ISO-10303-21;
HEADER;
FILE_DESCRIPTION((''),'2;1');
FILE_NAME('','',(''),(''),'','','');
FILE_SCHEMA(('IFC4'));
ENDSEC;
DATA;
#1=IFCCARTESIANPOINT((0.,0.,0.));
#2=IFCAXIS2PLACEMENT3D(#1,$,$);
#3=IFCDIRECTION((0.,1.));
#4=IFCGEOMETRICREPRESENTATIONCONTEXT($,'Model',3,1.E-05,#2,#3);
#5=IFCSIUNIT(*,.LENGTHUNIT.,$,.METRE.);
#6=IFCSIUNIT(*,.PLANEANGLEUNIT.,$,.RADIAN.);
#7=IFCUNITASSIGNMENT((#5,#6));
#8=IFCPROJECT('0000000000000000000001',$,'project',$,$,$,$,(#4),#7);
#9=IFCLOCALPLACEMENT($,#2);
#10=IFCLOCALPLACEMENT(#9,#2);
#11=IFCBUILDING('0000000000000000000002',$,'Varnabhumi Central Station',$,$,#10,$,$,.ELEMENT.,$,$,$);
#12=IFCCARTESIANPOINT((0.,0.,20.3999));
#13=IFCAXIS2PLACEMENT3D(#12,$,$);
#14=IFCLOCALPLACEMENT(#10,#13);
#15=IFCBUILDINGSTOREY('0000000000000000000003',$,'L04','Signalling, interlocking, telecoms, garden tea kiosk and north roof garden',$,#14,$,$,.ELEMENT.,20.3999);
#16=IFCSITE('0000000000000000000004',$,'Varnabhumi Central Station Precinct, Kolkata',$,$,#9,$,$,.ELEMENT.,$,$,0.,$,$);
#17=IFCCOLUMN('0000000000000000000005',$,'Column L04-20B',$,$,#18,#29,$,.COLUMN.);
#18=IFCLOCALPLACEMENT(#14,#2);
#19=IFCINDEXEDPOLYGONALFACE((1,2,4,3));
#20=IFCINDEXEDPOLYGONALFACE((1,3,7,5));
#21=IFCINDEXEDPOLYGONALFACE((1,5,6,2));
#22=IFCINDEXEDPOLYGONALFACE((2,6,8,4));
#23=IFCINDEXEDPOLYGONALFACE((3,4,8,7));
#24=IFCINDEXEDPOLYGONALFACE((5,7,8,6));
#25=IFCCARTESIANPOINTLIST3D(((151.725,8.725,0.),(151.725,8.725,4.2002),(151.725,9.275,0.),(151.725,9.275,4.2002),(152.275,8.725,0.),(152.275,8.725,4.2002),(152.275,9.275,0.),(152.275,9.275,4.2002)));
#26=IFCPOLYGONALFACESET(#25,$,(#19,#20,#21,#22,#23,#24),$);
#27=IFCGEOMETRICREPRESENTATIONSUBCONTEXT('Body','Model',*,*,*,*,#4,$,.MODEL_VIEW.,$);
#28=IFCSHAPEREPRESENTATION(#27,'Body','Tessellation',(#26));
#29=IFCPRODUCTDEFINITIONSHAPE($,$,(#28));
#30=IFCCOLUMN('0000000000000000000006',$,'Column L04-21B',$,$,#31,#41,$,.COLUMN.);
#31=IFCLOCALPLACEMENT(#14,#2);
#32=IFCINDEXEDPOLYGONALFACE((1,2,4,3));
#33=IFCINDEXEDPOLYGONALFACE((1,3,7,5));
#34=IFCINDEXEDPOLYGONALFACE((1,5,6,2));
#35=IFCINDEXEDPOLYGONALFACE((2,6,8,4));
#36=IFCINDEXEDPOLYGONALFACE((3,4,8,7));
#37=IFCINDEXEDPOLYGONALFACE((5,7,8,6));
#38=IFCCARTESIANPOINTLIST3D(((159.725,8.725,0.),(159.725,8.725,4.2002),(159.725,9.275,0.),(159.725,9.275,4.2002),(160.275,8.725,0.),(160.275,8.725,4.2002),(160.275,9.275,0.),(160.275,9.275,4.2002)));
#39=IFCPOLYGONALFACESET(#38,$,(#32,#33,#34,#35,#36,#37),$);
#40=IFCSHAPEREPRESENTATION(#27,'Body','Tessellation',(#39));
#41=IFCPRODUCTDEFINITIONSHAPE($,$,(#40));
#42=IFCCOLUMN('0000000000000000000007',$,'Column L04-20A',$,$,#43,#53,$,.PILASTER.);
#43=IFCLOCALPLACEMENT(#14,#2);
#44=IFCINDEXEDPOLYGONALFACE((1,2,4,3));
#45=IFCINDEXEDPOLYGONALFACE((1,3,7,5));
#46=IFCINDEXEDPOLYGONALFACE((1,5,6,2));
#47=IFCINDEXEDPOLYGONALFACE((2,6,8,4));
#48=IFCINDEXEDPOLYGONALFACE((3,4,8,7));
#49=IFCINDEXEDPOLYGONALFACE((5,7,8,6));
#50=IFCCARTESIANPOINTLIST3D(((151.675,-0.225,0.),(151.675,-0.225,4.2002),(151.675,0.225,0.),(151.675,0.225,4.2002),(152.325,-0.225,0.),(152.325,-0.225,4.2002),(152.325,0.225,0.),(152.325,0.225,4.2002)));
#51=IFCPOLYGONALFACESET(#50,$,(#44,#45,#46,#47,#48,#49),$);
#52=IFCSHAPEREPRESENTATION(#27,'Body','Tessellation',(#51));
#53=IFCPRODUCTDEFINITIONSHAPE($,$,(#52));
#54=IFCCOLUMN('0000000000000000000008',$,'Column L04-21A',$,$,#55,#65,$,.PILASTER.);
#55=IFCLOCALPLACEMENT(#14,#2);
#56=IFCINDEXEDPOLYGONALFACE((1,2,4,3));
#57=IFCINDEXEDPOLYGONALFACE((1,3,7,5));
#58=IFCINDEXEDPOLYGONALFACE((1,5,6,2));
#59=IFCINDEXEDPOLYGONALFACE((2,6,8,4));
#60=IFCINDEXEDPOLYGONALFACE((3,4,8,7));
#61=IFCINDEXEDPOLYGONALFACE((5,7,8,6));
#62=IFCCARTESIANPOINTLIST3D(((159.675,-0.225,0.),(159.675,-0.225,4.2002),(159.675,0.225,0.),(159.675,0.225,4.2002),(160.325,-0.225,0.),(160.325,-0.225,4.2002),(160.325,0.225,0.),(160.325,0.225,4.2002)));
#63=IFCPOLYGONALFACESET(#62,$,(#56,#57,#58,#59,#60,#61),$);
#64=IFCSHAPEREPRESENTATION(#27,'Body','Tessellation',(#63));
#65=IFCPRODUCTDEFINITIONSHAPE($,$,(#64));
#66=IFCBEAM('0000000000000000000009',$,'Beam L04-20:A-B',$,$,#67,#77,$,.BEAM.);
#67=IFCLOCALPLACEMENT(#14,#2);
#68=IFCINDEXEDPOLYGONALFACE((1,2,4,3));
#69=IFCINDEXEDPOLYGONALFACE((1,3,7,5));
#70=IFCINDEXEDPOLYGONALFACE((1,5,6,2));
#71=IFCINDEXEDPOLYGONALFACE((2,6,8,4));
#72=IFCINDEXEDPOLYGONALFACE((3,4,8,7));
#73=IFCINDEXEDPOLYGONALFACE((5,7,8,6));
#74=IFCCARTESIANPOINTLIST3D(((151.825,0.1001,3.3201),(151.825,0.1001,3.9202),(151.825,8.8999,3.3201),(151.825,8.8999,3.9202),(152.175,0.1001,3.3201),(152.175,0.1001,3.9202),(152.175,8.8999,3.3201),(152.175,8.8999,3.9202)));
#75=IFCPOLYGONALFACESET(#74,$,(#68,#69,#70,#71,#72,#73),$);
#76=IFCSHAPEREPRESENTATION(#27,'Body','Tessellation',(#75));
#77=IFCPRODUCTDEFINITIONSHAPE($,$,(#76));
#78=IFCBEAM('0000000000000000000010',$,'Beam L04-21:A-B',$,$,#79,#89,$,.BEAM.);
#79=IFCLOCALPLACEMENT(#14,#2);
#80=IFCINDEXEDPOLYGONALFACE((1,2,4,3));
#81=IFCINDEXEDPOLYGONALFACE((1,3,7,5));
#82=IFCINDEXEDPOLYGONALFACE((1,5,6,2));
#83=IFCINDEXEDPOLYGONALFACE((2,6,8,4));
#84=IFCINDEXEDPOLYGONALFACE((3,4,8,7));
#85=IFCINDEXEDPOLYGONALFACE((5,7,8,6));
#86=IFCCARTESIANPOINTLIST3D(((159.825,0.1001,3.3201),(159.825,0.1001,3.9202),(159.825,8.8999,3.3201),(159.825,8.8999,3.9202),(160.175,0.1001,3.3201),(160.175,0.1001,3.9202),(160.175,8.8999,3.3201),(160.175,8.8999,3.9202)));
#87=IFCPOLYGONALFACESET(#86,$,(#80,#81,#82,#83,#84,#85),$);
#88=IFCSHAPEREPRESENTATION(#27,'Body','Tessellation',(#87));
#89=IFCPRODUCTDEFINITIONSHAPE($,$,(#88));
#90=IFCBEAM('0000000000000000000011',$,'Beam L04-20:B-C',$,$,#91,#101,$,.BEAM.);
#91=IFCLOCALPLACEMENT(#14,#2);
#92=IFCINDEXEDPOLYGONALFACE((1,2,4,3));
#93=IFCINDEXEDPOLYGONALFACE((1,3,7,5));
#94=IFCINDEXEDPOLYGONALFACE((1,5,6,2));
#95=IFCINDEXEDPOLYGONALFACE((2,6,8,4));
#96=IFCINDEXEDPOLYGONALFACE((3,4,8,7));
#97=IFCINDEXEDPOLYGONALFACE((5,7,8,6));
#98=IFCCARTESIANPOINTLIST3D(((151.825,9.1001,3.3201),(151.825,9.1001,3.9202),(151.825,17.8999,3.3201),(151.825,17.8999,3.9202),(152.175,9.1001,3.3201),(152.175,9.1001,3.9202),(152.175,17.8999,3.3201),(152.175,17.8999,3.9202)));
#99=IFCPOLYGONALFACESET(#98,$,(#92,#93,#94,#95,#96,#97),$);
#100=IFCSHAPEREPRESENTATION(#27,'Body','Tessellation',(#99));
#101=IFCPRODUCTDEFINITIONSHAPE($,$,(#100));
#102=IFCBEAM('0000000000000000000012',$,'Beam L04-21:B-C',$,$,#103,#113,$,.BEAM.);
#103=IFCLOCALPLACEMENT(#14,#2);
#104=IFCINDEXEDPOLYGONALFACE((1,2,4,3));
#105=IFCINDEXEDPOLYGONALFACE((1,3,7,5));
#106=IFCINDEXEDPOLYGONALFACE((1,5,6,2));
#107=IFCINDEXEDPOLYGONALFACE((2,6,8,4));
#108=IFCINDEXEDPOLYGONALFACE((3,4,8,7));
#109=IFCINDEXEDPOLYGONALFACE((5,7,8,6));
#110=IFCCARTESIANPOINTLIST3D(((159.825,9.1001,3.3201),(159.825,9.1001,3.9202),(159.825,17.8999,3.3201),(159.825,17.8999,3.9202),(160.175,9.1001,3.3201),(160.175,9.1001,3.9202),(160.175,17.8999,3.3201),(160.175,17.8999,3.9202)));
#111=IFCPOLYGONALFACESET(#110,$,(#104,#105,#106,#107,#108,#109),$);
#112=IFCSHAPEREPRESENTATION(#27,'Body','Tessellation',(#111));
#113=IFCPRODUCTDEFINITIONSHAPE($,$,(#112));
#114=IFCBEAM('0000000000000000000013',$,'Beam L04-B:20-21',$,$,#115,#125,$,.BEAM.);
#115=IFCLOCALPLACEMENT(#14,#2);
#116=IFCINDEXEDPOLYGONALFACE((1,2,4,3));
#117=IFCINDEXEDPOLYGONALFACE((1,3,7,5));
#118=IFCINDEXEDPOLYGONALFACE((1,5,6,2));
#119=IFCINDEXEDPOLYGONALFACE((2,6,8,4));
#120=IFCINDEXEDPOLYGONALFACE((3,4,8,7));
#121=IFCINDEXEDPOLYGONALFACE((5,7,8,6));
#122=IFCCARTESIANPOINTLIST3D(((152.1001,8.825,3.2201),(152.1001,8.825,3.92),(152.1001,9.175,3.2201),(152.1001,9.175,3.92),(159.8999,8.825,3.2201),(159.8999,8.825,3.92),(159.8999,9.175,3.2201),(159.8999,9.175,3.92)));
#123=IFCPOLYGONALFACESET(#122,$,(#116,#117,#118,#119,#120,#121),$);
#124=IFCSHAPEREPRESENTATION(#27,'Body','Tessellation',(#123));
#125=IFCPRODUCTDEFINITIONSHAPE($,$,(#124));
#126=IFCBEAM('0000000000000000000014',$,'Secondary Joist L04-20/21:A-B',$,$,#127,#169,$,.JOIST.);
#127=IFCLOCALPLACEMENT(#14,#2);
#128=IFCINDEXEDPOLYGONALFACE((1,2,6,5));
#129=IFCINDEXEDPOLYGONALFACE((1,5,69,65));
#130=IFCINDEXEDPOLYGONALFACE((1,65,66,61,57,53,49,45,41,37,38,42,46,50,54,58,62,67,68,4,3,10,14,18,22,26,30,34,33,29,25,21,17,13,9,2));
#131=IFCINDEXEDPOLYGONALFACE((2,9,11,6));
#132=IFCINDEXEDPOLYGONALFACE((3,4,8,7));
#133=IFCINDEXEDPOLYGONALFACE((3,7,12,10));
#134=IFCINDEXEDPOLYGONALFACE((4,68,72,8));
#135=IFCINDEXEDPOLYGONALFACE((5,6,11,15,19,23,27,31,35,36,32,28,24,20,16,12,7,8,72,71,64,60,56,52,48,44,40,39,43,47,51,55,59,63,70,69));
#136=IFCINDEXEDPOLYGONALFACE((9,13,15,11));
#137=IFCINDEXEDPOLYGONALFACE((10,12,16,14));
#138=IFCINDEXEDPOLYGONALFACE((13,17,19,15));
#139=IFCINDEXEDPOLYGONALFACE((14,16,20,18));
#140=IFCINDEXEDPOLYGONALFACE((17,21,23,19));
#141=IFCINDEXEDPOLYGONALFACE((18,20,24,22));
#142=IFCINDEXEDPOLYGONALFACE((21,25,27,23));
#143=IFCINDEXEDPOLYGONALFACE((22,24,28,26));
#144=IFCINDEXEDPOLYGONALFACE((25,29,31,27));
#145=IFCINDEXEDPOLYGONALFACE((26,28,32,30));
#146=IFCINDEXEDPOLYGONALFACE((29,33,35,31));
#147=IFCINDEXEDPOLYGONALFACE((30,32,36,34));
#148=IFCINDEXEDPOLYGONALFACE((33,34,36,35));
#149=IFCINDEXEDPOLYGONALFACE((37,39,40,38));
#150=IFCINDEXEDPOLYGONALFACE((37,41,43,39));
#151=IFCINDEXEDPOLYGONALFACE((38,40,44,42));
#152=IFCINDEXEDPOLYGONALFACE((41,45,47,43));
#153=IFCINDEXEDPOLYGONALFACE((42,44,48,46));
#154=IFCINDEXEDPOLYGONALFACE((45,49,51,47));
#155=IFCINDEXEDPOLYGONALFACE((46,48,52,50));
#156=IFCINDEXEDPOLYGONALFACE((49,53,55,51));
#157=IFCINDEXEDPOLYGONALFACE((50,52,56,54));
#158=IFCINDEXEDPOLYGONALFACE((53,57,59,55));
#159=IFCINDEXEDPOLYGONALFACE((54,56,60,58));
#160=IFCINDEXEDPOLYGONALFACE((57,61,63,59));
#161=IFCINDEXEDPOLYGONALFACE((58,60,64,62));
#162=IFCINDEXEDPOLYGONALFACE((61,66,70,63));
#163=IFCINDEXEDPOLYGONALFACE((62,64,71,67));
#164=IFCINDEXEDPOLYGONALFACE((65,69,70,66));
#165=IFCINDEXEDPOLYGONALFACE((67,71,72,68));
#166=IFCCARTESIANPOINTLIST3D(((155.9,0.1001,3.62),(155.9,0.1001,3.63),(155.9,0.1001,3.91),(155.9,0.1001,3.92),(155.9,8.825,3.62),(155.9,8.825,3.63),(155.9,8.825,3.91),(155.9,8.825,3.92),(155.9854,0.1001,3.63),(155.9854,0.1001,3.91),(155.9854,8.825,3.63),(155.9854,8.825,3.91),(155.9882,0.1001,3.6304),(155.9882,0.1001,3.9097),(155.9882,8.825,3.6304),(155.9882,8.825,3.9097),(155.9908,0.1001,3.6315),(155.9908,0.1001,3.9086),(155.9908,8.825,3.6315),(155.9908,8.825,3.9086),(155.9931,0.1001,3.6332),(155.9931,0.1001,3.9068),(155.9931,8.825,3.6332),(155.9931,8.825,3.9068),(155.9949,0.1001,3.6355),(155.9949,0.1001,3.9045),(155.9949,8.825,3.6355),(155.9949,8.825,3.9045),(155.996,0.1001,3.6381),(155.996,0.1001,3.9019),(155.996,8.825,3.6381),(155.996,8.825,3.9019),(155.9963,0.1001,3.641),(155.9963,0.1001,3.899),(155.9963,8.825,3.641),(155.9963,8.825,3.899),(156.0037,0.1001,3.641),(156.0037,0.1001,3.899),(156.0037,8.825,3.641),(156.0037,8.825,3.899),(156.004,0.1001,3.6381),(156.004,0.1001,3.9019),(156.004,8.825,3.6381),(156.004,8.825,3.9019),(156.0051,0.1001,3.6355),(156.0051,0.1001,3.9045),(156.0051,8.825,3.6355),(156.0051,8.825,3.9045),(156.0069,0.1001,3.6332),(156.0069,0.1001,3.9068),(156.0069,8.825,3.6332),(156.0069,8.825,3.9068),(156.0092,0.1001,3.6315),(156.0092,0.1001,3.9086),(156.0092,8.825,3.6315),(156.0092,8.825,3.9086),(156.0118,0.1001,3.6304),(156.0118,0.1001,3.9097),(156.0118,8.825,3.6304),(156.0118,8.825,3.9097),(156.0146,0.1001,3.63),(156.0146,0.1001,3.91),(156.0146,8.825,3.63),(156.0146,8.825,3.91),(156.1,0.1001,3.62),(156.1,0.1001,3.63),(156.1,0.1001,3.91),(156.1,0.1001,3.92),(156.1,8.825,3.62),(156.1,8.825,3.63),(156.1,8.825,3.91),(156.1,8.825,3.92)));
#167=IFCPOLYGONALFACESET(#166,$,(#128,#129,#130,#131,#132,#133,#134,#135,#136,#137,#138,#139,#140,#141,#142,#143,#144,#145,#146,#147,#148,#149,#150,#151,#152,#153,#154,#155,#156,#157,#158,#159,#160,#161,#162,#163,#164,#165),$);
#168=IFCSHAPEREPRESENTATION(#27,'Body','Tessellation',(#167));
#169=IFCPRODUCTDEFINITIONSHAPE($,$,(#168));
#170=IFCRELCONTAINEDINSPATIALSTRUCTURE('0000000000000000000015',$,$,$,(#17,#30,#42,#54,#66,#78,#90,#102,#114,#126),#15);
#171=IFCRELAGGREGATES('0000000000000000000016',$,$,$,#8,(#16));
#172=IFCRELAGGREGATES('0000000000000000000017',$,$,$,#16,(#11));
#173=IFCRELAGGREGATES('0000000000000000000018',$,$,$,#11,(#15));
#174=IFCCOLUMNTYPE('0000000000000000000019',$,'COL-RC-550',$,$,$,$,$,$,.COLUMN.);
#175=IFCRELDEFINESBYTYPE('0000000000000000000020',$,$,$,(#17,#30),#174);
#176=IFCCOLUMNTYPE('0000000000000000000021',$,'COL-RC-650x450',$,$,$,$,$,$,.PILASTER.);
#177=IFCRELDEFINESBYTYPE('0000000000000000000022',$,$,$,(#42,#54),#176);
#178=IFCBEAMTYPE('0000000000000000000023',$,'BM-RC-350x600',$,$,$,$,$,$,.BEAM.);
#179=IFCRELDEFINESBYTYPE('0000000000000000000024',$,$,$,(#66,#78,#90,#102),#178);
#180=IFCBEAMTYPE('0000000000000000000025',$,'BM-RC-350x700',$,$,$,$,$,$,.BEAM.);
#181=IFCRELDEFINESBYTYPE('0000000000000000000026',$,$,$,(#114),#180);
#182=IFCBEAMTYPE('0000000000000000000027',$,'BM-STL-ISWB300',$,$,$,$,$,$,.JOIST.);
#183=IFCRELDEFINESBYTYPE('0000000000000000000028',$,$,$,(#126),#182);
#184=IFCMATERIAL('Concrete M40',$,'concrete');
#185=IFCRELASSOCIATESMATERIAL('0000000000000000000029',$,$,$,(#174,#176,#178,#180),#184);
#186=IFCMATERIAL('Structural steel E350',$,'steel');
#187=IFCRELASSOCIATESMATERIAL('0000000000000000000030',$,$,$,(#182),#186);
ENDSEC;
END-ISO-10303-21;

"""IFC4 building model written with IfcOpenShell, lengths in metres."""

from ifc_helpers import new_model, si_unit, direction, frame, origin, origin_2d, place, context, subcontext, project, spatial, rectangle, i_section, extrude, material, material_profile, profile_set, type_object, element, save


model = new_model("IFC4")

# Units and contexts
model_context = context("Model", 3, precision=1e-05, world=origin(), true_north=direction((0.0, 1.0)))
body_context = subcontext(model_context, "Body", "Model", "MODEL_VIEW")
ifc_project = project(units=[si_unit("LENGTHUNIT", "METRE"), si_unit("PLANEANGLEUNIT", "RADIAN")], contexts=[model_context])

# Site, building, storey
site_placement = place(None, origin())
site = spatial("IfcSite", under=ifc_project, at=site_placement, Name="Varnabhumi Central Station Precinct, Kolkata", CompositionType="ELEMENT", RefElevation=0.0)
building_placement = place(site_placement, origin())
building = spatial("IfcBuilding", under=site, at=building_placement, Name="Varnabhumi Central Station", CompositionType="ELEMENT")
storey_placement = place(building_placement, frame((0.0, 0.0, 20.3999)))
storey = spatial("IfcBuildingStorey", under=building, at=storey_placement, Name="L04", Description="Signalling, interlocking, telecoms, garden tea kiosk and north roof garden", CompositionType="ELEMENT", Elevation=20.3999)

# Columns
ifc_material_1 = material(Name="Concrete M40", Category="concrete")
ifc_material_profile_1 = material_profile(ifc_material_1, rectangle(XDim=0.55, YDim=0.55, at=origin_2d()), Name="Concrete M40", Category="concrete")
ifc_profile_set_1 = profile_set([ifc_material_profile_1], Name="Concrete M40")
column_type_1 = type_object("IfcColumnType", Name="COL-RC-550", PredefinedType="COLUMN", material=ifc_profile_set_1)
for number, where, z_axis, x_axis, name in (
    (1, (152.0, 9.0, 0.0), (0.0, 0.0, 1.0), (1.0, 0.0, 0.0), "Column L04-20B"),
    (2, (160.0, 9.0, 0.0), (0.0, 0.0, 1.0), (1.0, 0.0, 0.0), "Column L04-21B"),
):
    element("IfcColumn", number, at=place(storey_placement, frame(where, z_axis=z_axis, x_axis=x_axis)), inside=storey, type_object=column_type_1, Name=name, PredefinedType="COLUMN", context=body_context, shape_type="SweptSolid", body=[
        extrude(rectangle(XDim=0.55, YDim=0.55, at=origin_2d()), origin(), (0.0, 0.0, 1.0), 4.2002),
    ])
ifc_material_profile_2 = material_profile(ifc_material_1, rectangle(XDim=0.6499, YDim=0.45, at=origin_2d()), Name="Concrete M40", Category="concrete")
ifc_profile_set_2 = profile_set([ifc_material_profile_2], Name="Concrete M40")
column_type_2 = type_object("IfcColumnType", Name="COL-RC-650x450", PredefinedType="PILASTER", material=ifc_profile_set_2)
for number, where, z_axis, x_axis, name in (
    (3, (152.0, 0.0, 0.0), (0.0, 0.0, 1.0), (1.0, 0.0, 0.0), "Column L04-20A"),
    (4, (160.0, 0.0, 0.0), (0.0, 0.0, 1.0), (1.0, 0.0, 0.0), "Column L04-21A"),
):
    element("IfcColumn", number, at=place(storey_placement, frame(where, z_axis=z_axis, x_axis=x_axis)), inside=storey, type_object=column_type_2, Name=name, PredefinedType="PILASTER", context=body_context, shape_type="SweptSolid", body=[
        extrude(rectangle(XDim=0.6499, YDim=0.45, at=origin_2d()), origin(), (0.0, 0.0, 1.0), 4.2002),
    ])

# Beams
ifc_material_profile_3 = material_profile(ifc_material_1, rectangle(XDim=0.3501, YDim=0.6001, at=origin_2d()), Name="Concrete M40", Category="concrete")
ifc_profile_set_3 = profile_set([ifc_material_profile_3], Name="Concrete M40")
beam_type_1 = type_object("IfcBeamType", Name="BM-RC-350x600", PredefinedType="BEAM", material=ifc_profile_set_3)
for number, where, z_axis, x_axis, name in (
    (5, (152.0, 0.1001, 3.6201), (0.0, 1.0, 0.0), (-1.0, 0.0, 0.0), "Beam L04-20:A-B"),
    (6, (160.0, 0.1001, 3.6201), (0.0, 1.0, 0.0), (-1.0, 0.0, 0.0), "Beam L04-21:A-B"),
    (7, (152.0, 9.1001, 3.6201), (0.0, 1.0, 0.0), (-1.0, 0.0, 0.0), "Beam L04-20:B-C"),
    (8, (160.0, 9.1001, 3.6201), (0.0, 1.0, 0.0), (-1.0, 0.0, 0.0), "Beam L04-21:B-C"),
):
    element("IfcBeam", number, at=place(storey_placement, frame(where, z_axis=z_axis, x_axis=x_axis)), inside=storey, type_object=beam_type_1, Name=name, PredefinedType="BEAM", context=body_context, shape_type="SweptSolid", body=[
        extrude(rectangle(XDim=0.3501, YDim=0.6001, at=origin_2d()), origin(), (0.0, 0.0, 1.0), 8.7998),
    ])
ifc_material_profile_4 = material_profile(ifc_material_1, rectangle(XDim=0.3501, YDim=0.7, at=origin_2d()), Name="Concrete M40", Category="concrete")
ifc_profile_set_4 = profile_set([ifc_material_profile_4], Name="Concrete M40")
beam_type_2 = type_object("IfcBeamType", Name="BM-RC-350x700", PredefinedType="BEAM", material=ifc_profile_set_4)
beam_1_placement = place(storey_placement, frame((152.1001, 9.0, 3.5701), z_axis=(1.0, 0.0, 0.0), x_axis=(0.0, 1.0, 0.0)))
element("IfcBeam", 9, at=beam_1_placement, inside=storey, type_object=beam_type_2, Name="Beam L04-B:20-21", PredefinedType="BEAM", context=body_context, shape_type="SweptSolid", body=[
    extrude(rectangle(XDim=0.3501, YDim=0.7, at=origin_2d()), origin(), (0.0, 0.0, 1.0), 7.7998),
])
ifc_material_2 = material(Name="Structural steel E350", Category="steel")
ifc_material_profile_5 = material_profile(ifc_material_2, i_section(OverallWidth=0.2, OverallDepth=0.3, WebThickness=0.0073, FlangeThickness=0.01, FilletRadius=0.011, at=origin_2d()), Name="Structural steel E350", Category="steel")
ifc_profile_set_5 = profile_set([ifc_material_profile_5], Name="Structural steel E350")
beam_type_3 = type_object("IfcBeamType", Name="BM-STL-ISWB300", PredefinedType="JOIST", material=ifc_profile_set_5)
beam_2_placement = place(storey_placement, frame((156.0, 0.1001, 3.77), z_axis=(0.0, 1.0, 0.0), x_axis=(-1.0, 0.0, 0.0)))
element("IfcBeam", 10, at=beam_2_placement, inside=storey, type_object=beam_type_3, Name="Secondary Joist L04-20/21:A-B", PredefinedType="JOIST", context=body_context, shape_type="SweptSolid", body=[
    extrude(i_section(OverallWidth=0.2, OverallDepth=0.3, WebThickness=0.0073, FlangeThickness=0.01, FilletRadius=0.011, at=origin_2d()), origin(), (0.0, 0.0, 1.0), 8.7249),
])

save(model, "model.ifc")
